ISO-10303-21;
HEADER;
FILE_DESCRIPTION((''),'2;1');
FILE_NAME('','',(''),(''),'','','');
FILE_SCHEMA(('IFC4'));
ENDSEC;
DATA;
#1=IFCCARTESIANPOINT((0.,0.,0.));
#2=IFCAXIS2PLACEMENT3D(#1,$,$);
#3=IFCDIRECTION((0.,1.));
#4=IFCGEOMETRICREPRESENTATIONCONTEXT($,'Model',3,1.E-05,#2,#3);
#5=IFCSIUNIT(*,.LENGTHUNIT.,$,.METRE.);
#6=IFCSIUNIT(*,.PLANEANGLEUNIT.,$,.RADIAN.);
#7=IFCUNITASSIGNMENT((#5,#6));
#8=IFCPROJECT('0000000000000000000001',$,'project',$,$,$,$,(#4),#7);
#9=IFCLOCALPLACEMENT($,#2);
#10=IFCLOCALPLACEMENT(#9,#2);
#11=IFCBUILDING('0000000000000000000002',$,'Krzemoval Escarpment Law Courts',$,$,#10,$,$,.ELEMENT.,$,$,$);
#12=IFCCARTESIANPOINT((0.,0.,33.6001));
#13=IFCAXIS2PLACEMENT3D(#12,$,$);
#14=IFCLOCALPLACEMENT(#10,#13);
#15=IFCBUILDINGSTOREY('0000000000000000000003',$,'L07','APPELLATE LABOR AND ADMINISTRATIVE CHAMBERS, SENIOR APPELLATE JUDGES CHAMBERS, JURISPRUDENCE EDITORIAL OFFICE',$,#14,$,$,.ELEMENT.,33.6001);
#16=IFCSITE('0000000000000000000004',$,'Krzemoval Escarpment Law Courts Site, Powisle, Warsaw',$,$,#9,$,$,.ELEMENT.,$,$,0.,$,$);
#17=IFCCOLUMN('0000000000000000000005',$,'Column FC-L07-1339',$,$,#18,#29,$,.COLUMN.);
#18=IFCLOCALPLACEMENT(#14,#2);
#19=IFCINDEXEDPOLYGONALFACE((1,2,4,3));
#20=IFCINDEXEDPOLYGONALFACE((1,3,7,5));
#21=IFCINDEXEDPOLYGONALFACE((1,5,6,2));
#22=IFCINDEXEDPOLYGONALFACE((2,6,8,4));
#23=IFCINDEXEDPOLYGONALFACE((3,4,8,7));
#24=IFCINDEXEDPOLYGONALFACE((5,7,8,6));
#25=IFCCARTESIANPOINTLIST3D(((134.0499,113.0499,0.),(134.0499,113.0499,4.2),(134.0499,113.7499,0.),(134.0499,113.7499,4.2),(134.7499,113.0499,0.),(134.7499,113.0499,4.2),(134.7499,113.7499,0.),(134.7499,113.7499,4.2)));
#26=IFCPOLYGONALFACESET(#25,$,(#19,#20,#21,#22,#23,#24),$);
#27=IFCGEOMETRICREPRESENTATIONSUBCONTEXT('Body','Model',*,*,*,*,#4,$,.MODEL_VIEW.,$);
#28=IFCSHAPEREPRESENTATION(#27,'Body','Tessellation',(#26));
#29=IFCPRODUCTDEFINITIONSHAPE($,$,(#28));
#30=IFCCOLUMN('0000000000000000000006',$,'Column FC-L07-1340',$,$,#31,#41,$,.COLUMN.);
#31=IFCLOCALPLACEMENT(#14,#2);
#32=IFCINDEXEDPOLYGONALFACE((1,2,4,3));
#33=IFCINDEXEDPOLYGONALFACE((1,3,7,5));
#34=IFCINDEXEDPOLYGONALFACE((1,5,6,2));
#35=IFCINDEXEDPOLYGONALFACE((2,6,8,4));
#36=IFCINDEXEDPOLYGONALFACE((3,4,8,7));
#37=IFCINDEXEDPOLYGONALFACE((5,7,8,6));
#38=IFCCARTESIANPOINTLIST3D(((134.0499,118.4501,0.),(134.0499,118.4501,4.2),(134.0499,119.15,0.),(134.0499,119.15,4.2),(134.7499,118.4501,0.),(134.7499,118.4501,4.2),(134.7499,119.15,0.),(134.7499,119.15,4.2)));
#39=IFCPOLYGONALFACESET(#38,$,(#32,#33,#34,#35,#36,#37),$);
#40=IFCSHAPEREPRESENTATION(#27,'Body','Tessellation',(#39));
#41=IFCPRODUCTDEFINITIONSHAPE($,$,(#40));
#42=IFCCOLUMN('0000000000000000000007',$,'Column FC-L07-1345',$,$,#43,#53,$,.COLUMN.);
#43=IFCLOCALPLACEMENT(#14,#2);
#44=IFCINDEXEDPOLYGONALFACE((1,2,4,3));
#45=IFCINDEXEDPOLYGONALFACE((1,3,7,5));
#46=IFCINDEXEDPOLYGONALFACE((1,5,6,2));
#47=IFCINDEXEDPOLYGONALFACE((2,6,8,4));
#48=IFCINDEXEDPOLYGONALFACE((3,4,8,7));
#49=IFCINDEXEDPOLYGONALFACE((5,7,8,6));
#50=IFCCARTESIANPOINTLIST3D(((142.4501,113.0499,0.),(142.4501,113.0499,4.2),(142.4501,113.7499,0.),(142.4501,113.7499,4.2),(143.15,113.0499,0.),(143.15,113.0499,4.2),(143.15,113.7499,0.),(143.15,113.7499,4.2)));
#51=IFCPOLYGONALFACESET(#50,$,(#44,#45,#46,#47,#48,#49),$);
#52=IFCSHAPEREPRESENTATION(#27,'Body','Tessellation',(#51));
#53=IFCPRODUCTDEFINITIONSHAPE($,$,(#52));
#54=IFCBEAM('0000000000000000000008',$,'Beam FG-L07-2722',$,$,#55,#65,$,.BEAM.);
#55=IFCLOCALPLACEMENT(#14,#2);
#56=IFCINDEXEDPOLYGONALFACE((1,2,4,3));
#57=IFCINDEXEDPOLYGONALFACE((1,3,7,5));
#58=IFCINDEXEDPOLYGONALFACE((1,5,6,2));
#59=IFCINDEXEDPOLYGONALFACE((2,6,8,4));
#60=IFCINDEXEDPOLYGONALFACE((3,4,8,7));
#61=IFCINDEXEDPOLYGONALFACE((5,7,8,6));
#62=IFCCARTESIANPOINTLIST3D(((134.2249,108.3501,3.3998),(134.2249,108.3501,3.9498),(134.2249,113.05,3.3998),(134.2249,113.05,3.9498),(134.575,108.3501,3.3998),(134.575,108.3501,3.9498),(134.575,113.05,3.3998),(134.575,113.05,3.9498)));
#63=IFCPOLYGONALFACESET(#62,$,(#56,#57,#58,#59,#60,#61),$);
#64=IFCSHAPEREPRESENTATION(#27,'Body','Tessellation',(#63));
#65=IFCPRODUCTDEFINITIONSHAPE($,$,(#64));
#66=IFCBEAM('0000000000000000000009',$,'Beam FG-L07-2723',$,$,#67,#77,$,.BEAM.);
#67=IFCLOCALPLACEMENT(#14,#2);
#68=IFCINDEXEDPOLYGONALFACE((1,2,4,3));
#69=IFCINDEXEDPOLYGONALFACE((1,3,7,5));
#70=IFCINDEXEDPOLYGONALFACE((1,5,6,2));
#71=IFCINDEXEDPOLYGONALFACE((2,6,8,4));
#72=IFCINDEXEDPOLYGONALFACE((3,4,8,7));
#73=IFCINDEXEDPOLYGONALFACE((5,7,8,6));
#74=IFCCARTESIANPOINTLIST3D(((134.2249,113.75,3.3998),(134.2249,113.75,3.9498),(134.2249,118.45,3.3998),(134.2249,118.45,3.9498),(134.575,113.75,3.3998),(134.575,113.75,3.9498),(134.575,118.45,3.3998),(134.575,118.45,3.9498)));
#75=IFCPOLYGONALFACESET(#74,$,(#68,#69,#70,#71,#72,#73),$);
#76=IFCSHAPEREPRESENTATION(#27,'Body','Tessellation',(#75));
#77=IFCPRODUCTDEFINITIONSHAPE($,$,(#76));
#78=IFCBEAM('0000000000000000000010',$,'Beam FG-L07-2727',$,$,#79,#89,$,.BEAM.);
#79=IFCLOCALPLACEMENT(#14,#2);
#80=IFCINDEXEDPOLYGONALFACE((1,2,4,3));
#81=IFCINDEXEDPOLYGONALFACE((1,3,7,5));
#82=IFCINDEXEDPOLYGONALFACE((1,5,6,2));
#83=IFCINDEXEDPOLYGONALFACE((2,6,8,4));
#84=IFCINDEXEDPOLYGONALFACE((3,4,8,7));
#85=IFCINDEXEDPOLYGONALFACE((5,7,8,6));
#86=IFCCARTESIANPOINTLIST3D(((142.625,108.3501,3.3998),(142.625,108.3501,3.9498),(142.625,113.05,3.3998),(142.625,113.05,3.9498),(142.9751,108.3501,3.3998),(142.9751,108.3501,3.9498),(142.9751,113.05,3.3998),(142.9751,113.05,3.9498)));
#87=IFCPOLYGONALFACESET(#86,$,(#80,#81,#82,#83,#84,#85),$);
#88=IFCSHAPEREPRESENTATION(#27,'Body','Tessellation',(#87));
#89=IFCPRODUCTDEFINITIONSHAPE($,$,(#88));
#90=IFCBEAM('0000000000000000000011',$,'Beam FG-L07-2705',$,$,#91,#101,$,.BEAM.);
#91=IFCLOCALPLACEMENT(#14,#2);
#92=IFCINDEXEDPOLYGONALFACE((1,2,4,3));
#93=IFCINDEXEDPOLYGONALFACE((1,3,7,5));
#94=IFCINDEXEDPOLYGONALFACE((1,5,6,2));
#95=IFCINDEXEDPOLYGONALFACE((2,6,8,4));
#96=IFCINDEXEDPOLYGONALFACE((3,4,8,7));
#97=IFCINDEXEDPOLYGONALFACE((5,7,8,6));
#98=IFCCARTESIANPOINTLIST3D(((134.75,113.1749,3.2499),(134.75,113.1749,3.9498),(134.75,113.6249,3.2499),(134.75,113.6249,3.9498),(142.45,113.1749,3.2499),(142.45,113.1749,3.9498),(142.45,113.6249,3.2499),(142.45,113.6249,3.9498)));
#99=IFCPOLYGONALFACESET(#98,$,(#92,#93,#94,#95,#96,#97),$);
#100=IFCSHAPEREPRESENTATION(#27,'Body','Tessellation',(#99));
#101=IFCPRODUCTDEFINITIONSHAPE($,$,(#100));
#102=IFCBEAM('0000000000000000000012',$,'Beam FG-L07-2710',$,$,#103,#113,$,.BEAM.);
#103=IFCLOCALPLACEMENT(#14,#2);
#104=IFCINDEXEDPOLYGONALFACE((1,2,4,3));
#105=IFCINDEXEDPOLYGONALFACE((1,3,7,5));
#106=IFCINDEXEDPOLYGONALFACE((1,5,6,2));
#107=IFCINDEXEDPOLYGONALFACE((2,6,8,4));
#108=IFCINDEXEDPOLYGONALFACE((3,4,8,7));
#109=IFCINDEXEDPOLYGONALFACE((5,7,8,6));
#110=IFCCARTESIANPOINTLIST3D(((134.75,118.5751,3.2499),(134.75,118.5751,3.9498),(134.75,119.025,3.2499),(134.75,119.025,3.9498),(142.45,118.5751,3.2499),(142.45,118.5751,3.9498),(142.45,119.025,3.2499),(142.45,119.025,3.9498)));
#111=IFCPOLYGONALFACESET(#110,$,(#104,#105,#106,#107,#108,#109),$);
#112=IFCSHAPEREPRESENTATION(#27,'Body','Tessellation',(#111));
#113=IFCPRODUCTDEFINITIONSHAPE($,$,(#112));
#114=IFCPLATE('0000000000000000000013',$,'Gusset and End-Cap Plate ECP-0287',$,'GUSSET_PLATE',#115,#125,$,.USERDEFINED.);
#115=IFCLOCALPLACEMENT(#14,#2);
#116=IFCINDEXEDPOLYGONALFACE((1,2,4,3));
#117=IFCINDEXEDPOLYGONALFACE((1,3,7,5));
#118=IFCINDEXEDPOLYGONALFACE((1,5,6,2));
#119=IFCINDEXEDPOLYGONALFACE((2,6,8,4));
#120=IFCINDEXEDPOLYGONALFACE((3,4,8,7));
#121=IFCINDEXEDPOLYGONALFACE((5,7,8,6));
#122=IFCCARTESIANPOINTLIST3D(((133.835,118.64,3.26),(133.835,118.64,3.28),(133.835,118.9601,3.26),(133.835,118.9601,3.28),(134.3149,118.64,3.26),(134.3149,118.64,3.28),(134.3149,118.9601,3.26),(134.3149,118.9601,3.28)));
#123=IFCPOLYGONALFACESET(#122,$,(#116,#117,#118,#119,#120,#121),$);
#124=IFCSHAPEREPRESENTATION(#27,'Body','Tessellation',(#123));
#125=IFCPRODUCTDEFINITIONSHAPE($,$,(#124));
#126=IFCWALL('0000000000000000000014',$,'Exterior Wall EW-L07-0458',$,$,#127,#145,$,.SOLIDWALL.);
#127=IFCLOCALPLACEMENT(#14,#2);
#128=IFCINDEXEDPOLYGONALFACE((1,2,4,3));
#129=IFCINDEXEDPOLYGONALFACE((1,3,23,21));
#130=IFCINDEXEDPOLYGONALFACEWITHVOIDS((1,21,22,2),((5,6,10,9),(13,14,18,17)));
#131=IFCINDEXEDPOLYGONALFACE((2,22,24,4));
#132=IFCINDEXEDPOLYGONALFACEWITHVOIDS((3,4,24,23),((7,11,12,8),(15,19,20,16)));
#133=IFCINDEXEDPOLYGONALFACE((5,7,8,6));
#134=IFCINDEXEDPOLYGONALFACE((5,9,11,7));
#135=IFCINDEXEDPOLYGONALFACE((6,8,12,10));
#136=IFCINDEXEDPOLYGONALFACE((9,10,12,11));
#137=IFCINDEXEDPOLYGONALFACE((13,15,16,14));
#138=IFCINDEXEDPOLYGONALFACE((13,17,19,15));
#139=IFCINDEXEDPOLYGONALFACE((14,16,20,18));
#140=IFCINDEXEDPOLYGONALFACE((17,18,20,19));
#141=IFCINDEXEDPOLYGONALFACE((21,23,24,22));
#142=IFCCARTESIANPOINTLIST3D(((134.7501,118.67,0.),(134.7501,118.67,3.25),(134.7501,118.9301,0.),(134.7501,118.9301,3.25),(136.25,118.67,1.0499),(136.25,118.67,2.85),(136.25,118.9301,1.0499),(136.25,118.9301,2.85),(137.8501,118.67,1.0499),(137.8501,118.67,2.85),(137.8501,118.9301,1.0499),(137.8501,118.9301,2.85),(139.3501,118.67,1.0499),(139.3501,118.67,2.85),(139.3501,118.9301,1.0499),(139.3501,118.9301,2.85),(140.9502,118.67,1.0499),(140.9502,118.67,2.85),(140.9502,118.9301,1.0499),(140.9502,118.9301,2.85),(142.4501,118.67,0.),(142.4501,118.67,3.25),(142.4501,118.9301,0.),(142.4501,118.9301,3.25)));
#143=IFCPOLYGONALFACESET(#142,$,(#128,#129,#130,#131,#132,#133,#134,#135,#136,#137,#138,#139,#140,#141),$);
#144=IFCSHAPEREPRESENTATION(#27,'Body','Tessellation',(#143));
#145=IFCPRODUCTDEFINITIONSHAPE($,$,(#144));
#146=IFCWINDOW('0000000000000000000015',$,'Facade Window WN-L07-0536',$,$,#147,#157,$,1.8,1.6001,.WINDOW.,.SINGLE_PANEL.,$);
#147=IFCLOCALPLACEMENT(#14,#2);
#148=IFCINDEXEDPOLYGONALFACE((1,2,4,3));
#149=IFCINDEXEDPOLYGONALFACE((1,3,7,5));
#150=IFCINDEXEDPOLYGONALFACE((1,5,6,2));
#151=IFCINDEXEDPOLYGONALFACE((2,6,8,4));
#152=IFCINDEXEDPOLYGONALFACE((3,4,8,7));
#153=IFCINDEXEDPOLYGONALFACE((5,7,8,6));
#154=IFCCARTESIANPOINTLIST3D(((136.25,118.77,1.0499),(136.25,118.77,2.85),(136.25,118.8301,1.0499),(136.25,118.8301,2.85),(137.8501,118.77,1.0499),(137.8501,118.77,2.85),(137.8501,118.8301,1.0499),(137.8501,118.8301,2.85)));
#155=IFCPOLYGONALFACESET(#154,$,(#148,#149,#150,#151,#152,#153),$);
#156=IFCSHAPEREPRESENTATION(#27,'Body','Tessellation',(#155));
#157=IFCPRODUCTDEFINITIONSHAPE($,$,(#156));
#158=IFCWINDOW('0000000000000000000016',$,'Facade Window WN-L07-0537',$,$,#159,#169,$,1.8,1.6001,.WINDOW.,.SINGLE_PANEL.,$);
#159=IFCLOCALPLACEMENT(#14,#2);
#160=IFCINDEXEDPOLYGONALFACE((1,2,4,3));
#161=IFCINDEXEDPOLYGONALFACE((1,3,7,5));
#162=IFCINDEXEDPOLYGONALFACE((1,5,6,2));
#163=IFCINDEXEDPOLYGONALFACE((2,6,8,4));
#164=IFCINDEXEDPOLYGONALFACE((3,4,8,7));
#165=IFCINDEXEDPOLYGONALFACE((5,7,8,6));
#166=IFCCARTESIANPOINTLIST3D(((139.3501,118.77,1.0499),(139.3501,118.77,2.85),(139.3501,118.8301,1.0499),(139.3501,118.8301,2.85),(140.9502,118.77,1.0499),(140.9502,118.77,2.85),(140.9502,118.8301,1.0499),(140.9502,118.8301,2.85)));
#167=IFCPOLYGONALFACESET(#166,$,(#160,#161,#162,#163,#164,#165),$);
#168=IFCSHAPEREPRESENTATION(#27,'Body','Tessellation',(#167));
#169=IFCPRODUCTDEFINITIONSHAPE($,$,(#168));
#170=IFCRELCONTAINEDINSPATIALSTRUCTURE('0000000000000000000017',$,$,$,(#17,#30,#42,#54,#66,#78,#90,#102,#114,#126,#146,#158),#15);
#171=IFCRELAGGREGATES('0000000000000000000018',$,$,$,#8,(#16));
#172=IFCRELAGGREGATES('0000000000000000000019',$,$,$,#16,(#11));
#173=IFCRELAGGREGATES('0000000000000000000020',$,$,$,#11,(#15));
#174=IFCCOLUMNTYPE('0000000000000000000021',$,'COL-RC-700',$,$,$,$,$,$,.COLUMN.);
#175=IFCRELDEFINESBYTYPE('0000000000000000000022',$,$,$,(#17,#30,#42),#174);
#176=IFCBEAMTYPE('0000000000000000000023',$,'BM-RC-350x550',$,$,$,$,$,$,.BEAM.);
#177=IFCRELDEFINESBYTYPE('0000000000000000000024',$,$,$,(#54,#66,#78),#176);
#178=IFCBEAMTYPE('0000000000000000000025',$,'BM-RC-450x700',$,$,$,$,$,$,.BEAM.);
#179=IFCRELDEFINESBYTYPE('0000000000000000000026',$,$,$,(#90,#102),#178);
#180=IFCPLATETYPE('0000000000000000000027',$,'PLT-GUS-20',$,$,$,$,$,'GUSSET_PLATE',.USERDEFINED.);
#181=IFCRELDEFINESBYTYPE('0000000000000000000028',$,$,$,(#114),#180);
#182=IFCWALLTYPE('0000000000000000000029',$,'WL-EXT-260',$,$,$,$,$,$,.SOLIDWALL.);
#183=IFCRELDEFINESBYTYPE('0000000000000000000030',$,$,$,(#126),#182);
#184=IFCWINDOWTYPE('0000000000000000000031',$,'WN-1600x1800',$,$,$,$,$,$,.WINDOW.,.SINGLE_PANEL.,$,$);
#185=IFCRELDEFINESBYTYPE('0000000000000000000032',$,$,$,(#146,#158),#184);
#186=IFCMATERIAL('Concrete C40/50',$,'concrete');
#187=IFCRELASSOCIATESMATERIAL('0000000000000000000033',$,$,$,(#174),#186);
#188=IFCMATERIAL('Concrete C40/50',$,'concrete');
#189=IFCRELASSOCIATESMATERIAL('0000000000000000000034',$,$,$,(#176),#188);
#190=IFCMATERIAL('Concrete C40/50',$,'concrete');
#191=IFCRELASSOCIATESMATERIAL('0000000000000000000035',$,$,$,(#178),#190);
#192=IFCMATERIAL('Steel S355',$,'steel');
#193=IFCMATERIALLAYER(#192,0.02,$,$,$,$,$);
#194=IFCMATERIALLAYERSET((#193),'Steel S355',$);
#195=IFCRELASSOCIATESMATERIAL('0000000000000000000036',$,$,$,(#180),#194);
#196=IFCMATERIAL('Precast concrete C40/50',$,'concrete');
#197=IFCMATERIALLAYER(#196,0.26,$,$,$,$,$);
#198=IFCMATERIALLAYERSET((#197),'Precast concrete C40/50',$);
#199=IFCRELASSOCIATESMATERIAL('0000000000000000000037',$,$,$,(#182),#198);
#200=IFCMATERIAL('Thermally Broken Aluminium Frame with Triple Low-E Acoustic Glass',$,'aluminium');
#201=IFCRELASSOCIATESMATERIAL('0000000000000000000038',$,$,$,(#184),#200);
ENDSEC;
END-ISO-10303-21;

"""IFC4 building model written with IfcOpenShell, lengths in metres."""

from ifc_helpers import new_model, si_unit, direction, frame, frame_2d, origin, origin_2d, place, context, subcontext, project, spatial, rectangle, extrude, material, layer, layer_set, material_profile, profile_set, type_object, element, fill, save


model = new_model("IFC4")

# Units and contexts
model_context = context("Model", 3, precision=1e-05, world=origin(), true_north=direction((0.0, 1.0)))
body_context = subcontext(model_context, "Body", "Model", "MODEL_VIEW")
ifc_project = project(units=[si_unit("LENGTHUNIT", "METRE"), si_unit("PLANEANGLEUNIT", "RADIAN")], contexts=[model_context])

# Site, building, storey
site_placement = place(None, origin())
site = spatial("IfcSite", under=ifc_project, at=site_placement, Name="Krzemoval Escarpment Law Courts Site, Powisle, Warsaw", CompositionType="ELEMENT", RefElevation=0.0)
building_placement = place(site_placement, origin())
building = spatial("IfcBuilding", under=site, at=building_placement, Name="Krzemoval Escarpment Law Courts", CompositionType="ELEMENT")
storey_placement = place(building_placement, frame((0.0, 0.0, 33.6001)))
storey = spatial("IfcBuildingStorey", under=building, at=storey_placement, Name="L07", Description="APPELLATE LABOR AND ADMINISTRATIVE CHAMBERS, SENIOR APPELLATE JUDGES CHAMBERS, JURISPRUDENCE EDITORIAL OFFICE", CompositionType="ELEMENT", Elevation=33.6001)

# Columns
ifc_material_1 = material(Name="Concrete C40/50", Category="concrete")
ifc_material_profile_1 = material_profile(ifc_material_1, rectangle(XDim=0.7, YDim=0.7, at=origin_2d()), Name="RC 700x700")
ifc_profile_set_1 = profile_set([ifc_material_profile_1], Name="Concrete C40/50")
column_type = type_object("IfcColumnType", Name="COL-RC-700", PredefinedType="COLUMN", material=ifc_profile_set_1)
for number, where, z_axis, x_axis, name in (
    (1, (134.3999, 113.3999, 0.0), (0.0, 0.0, 1.0), (1.0, 0.0, 0.0), "Column FC-L07-1339"),
    (2, (134.3999, 118.8, 0.0), (0.0, 0.0, 1.0), (1.0, 0.0, 0.0), "Column FC-L07-1340"),
    (3, (142.8, 113.3999, 0.0), (0.0, 0.0, 1.0), (1.0, 0.0, 0.0), "Column FC-L07-1345"),
):
    element("IfcColumn", number, at=place(storey_placement, frame(where, z_axis=z_axis, x_axis=x_axis)), inside=storey, type_object=column_type, Name=name, PredefinedType="COLUMN", context=body_context, shape_type="SweptSolid", body=[
        extrude(rectangle(XDim=0.7, YDim=0.7, at=origin_2d()), origin(), (0.0, 0.0, 1.0), 4.2),
    ])

# Beams
ifc_material_2 = material(Name="Concrete C40/50", Category="concrete")
ifc_material_profile_2 = material_profile(ifc_material_2, rectangle(XDim=0.3501, YDim=0.55, at=origin_2d()), Name="RCB 350x550")
ifc_profile_set_2 = profile_set([ifc_material_profile_2], Name="Concrete C40/50")
beam_type_1 = type_object("IfcBeamType", Name="BM-RC-350x550", PredefinedType="BEAM", material=ifc_profile_set_2)
for number, where, z_axis, x_axis, name in (
    (4, (134.3999, 108.3501, 3.6748), (0.0, 1.0, 0.0), (-1.0, 0.0, 0.0), "Beam FG-L07-2722"),
    (5, (134.3999, 113.75, 3.6748), (0.0, 1.0, 0.0), (-1.0, 0.0, 0.0), "Beam FG-L07-2723"),
    (6, (142.8, 108.3501, 3.6748), (0.0, 1.0, 0.0), (-1.0, 0.0, 0.0), "Beam FG-L07-2727"),
):
    element("IfcBeam", number, at=place(storey_placement, frame(where, z_axis=z_axis, x_axis=x_axis)), inside=storey, type_object=beam_type_1, Name=name, PredefinedType="BEAM", context=body_context, shape_type="SweptSolid", body=[
        extrude(rectangle(XDim=0.3501, YDim=0.55, at=origin_2d()), origin(), (0.0, 0.0, 1.0), 4.7),
    ])
ifc_material_3 = material(Name="Concrete C40/50", Category="concrete")
ifc_material_profile_3 = material_profile(ifc_material_3, rectangle(XDim=0.45, YDim=0.7, at=origin_2d()), Name="RCB 450x700")
ifc_profile_set_3 = profile_set([ifc_material_profile_3], Name="Concrete C40/50")
beam_type_2 = type_object("IfcBeamType", Name="BM-RC-450x700", PredefinedType="BEAM", material=ifc_profile_set_3)
for number, where, z_axis, x_axis, name in (
    (7, (134.75, 113.3999, 3.5999), (1.0, 0.0, 0.0), (0.0, 1.0, 0.0), "Beam FG-L07-2705"),
    (8, (134.75, 118.8, 3.5999), (1.0, 0.0, 0.0), (0.0, 1.0, 0.0), "Beam FG-L07-2710"),
):
    element("IfcBeam", number, at=place(storey_placement, frame(where, z_axis=z_axis, x_axis=x_axis)), inside=storey, type_object=beam_type_2, Name=name, PredefinedType="BEAM", context=body_context, shape_type="SweptSolid", body=[
        extrude(rectangle(XDim=0.45, YDim=0.7, at=origin_2d()), origin(), (0.0, 0.0, 1.0), 7.7),
    ])

# Plate
ifc_material_4 = material(Name="Steel S355", Category="steel")
ifc_layer_1 = layer(ifc_material_4, 0.02)
ifc_layer_set_1 = layer_set([ifc_layer_1], Name="Steel S355")
plate_type = type_object("IfcPlateType", Name="PLT-GUS-20", ElementType="GUSSET_PLATE", PredefinedType="USERDEFINED", material=ifc_layer_set_1)
plate_placement = place(storey_placement, frame((134.075, 118.8, 3.26), z_axis=(0.0, 0.0, 1.0), x_axis=(1.0, 0.0, 0.0)))
element("IfcPlate", 9, at=plate_placement, inside=storey, type_object=plate_type, Name="Gusset and End-Cap Plate ECP-0287", ObjectType="GUSSET_PLATE", PredefinedType="USERDEFINED", context=body_context, shape_type="SweptSolid", body=[
    extrude(rectangle(XDim=0.48, YDim=0.3201, at=origin_2d()), origin(), (0.0, 0.0, 1.0), 0.02),
])

# Wall, openings, windows
ifc_material_5 = material(Name="Precast concrete C40/50", Category="concrete")
ifc_layer_2 = layer(ifc_material_5, 0.26)
ifc_layer_set_2 = layer_set([ifc_layer_2], Name="Precast concrete C40/50")
wall_type_1 = type_object("IfcWallType", Name="WL-EXT-260", PredefinedType="SOLIDWALL", material=ifc_layer_set_2)
wall_1_placement = place(storey_placement, frame((134.75, 118.8, 0.0), z_axis=(0.0, 0.0, 1.0), x_axis=(1.0, 0.0, 0.0)))
wall_1 = element("IfcWall", 10, at=wall_1_placement, inside=storey, type_object=wall_type_1, Name="Exterior Wall EW-L07-0458", PredefinedType="SOLIDWALL", context=body_context, shape_type="SweptSolid", body=[
    extrude(rectangle(XDim=7.7, YDim=0.26, at=frame_2d((3.8501, 0.0))), origin(), (0.0, 0.0, 1.0), 3.25),
])
opening_1_placement = place(wall_1_placement, frame((1.5, 0.0, 1.05)))
opening_1 = element("IfcOpeningElement", 11, at=opening_1_placement, cuts=wall_1, PredefinedType="OPENING", context=body_context, shape_type="SweptSolid", body=[
    extrude(rectangle(XDim=1.6001, YDim=1.8, at=frame_2d((0.8, 0.8999))), frame((0.0, 0.145, 0.0), z_axis=(0.0, -1.0, 0.0), x_axis=(1.0, 0.0, 0.0)), (0.0, 0.0, 1.0), 0.29),
])
opening_2_placement = place(wall_1_placement, frame((4.6001, 0.0, 1.05)))
opening_2 = element("IfcOpeningElement", 12, at=opening_2_placement, cuts=wall_1, PredefinedType="OPENING", context=body_context, shape_type="SweptSolid", body=[
    extrude(rectangle(XDim=1.6001, YDim=1.8, at=frame_2d((0.8, 0.8999))), frame((0.0, 0.145, 0.0), z_axis=(0.0, -1.0, 0.0), x_axis=(1.0, 0.0, 0.0)), (0.0, 0.0, 1.0), 0.29),
])
ifc_material_6 = material(Name="Thermally Broken Aluminium Frame with Triple Low-E Acoustic Glass", Category="aluminium")
window_type = type_object("IfcWindowType", Name="WN-1600x1800", PartitioningType="SINGLE_PANEL", PredefinedType="WINDOW", material=ifc_material_6)
window_1_placement = place(opening_1_placement, origin())
window_1 = element("IfcWindow", 13, at=window_1_placement, inside=storey, type_object=window_type, Name="Facade Window WN-L07-0536", OverallHeight=1.8, OverallWidth=1.6001, PartitioningType="SINGLE_PANEL", PredefinedType="WINDOW", context=body_context, shape_type="SweptSolid", body=[
    extrude(rectangle(XDim=1.6001, YDim=1.8, at=frame_2d((0.8, 0.8999))), frame((0.0, 0.03, 0.0), z_axis=(0.0, -1.0, 0.0), x_axis=(1.0, 0.0, 0.0)), (0.0, 0.0, 1.0), 0.0601),
])
fill(opening_1, window_1)
window_2_placement = place(opening_2_placement, origin())
window_2 = element("IfcWindow", 14, at=window_2_placement, inside=storey, type_object=window_type, Name="Facade Window WN-L07-0537", OverallHeight=1.8, OverallWidth=1.6001, PartitioningType="SINGLE_PANEL", PredefinedType="WINDOW", context=body_context, shape_type="SweptSolid", body=[
    extrude(rectangle(XDim=1.6001, YDim=1.8, at=frame_2d((0.8, 0.8999))), frame((0.0, 0.03, 0.0), z_axis=(0.0, -1.0, 0.0), x_axis=(1.0, 0.0, 0.0)), (0.0, 0.0, 1.0), 0.0601),
])
fill(opening_2, window_2)

save(model, "model.ifc")
